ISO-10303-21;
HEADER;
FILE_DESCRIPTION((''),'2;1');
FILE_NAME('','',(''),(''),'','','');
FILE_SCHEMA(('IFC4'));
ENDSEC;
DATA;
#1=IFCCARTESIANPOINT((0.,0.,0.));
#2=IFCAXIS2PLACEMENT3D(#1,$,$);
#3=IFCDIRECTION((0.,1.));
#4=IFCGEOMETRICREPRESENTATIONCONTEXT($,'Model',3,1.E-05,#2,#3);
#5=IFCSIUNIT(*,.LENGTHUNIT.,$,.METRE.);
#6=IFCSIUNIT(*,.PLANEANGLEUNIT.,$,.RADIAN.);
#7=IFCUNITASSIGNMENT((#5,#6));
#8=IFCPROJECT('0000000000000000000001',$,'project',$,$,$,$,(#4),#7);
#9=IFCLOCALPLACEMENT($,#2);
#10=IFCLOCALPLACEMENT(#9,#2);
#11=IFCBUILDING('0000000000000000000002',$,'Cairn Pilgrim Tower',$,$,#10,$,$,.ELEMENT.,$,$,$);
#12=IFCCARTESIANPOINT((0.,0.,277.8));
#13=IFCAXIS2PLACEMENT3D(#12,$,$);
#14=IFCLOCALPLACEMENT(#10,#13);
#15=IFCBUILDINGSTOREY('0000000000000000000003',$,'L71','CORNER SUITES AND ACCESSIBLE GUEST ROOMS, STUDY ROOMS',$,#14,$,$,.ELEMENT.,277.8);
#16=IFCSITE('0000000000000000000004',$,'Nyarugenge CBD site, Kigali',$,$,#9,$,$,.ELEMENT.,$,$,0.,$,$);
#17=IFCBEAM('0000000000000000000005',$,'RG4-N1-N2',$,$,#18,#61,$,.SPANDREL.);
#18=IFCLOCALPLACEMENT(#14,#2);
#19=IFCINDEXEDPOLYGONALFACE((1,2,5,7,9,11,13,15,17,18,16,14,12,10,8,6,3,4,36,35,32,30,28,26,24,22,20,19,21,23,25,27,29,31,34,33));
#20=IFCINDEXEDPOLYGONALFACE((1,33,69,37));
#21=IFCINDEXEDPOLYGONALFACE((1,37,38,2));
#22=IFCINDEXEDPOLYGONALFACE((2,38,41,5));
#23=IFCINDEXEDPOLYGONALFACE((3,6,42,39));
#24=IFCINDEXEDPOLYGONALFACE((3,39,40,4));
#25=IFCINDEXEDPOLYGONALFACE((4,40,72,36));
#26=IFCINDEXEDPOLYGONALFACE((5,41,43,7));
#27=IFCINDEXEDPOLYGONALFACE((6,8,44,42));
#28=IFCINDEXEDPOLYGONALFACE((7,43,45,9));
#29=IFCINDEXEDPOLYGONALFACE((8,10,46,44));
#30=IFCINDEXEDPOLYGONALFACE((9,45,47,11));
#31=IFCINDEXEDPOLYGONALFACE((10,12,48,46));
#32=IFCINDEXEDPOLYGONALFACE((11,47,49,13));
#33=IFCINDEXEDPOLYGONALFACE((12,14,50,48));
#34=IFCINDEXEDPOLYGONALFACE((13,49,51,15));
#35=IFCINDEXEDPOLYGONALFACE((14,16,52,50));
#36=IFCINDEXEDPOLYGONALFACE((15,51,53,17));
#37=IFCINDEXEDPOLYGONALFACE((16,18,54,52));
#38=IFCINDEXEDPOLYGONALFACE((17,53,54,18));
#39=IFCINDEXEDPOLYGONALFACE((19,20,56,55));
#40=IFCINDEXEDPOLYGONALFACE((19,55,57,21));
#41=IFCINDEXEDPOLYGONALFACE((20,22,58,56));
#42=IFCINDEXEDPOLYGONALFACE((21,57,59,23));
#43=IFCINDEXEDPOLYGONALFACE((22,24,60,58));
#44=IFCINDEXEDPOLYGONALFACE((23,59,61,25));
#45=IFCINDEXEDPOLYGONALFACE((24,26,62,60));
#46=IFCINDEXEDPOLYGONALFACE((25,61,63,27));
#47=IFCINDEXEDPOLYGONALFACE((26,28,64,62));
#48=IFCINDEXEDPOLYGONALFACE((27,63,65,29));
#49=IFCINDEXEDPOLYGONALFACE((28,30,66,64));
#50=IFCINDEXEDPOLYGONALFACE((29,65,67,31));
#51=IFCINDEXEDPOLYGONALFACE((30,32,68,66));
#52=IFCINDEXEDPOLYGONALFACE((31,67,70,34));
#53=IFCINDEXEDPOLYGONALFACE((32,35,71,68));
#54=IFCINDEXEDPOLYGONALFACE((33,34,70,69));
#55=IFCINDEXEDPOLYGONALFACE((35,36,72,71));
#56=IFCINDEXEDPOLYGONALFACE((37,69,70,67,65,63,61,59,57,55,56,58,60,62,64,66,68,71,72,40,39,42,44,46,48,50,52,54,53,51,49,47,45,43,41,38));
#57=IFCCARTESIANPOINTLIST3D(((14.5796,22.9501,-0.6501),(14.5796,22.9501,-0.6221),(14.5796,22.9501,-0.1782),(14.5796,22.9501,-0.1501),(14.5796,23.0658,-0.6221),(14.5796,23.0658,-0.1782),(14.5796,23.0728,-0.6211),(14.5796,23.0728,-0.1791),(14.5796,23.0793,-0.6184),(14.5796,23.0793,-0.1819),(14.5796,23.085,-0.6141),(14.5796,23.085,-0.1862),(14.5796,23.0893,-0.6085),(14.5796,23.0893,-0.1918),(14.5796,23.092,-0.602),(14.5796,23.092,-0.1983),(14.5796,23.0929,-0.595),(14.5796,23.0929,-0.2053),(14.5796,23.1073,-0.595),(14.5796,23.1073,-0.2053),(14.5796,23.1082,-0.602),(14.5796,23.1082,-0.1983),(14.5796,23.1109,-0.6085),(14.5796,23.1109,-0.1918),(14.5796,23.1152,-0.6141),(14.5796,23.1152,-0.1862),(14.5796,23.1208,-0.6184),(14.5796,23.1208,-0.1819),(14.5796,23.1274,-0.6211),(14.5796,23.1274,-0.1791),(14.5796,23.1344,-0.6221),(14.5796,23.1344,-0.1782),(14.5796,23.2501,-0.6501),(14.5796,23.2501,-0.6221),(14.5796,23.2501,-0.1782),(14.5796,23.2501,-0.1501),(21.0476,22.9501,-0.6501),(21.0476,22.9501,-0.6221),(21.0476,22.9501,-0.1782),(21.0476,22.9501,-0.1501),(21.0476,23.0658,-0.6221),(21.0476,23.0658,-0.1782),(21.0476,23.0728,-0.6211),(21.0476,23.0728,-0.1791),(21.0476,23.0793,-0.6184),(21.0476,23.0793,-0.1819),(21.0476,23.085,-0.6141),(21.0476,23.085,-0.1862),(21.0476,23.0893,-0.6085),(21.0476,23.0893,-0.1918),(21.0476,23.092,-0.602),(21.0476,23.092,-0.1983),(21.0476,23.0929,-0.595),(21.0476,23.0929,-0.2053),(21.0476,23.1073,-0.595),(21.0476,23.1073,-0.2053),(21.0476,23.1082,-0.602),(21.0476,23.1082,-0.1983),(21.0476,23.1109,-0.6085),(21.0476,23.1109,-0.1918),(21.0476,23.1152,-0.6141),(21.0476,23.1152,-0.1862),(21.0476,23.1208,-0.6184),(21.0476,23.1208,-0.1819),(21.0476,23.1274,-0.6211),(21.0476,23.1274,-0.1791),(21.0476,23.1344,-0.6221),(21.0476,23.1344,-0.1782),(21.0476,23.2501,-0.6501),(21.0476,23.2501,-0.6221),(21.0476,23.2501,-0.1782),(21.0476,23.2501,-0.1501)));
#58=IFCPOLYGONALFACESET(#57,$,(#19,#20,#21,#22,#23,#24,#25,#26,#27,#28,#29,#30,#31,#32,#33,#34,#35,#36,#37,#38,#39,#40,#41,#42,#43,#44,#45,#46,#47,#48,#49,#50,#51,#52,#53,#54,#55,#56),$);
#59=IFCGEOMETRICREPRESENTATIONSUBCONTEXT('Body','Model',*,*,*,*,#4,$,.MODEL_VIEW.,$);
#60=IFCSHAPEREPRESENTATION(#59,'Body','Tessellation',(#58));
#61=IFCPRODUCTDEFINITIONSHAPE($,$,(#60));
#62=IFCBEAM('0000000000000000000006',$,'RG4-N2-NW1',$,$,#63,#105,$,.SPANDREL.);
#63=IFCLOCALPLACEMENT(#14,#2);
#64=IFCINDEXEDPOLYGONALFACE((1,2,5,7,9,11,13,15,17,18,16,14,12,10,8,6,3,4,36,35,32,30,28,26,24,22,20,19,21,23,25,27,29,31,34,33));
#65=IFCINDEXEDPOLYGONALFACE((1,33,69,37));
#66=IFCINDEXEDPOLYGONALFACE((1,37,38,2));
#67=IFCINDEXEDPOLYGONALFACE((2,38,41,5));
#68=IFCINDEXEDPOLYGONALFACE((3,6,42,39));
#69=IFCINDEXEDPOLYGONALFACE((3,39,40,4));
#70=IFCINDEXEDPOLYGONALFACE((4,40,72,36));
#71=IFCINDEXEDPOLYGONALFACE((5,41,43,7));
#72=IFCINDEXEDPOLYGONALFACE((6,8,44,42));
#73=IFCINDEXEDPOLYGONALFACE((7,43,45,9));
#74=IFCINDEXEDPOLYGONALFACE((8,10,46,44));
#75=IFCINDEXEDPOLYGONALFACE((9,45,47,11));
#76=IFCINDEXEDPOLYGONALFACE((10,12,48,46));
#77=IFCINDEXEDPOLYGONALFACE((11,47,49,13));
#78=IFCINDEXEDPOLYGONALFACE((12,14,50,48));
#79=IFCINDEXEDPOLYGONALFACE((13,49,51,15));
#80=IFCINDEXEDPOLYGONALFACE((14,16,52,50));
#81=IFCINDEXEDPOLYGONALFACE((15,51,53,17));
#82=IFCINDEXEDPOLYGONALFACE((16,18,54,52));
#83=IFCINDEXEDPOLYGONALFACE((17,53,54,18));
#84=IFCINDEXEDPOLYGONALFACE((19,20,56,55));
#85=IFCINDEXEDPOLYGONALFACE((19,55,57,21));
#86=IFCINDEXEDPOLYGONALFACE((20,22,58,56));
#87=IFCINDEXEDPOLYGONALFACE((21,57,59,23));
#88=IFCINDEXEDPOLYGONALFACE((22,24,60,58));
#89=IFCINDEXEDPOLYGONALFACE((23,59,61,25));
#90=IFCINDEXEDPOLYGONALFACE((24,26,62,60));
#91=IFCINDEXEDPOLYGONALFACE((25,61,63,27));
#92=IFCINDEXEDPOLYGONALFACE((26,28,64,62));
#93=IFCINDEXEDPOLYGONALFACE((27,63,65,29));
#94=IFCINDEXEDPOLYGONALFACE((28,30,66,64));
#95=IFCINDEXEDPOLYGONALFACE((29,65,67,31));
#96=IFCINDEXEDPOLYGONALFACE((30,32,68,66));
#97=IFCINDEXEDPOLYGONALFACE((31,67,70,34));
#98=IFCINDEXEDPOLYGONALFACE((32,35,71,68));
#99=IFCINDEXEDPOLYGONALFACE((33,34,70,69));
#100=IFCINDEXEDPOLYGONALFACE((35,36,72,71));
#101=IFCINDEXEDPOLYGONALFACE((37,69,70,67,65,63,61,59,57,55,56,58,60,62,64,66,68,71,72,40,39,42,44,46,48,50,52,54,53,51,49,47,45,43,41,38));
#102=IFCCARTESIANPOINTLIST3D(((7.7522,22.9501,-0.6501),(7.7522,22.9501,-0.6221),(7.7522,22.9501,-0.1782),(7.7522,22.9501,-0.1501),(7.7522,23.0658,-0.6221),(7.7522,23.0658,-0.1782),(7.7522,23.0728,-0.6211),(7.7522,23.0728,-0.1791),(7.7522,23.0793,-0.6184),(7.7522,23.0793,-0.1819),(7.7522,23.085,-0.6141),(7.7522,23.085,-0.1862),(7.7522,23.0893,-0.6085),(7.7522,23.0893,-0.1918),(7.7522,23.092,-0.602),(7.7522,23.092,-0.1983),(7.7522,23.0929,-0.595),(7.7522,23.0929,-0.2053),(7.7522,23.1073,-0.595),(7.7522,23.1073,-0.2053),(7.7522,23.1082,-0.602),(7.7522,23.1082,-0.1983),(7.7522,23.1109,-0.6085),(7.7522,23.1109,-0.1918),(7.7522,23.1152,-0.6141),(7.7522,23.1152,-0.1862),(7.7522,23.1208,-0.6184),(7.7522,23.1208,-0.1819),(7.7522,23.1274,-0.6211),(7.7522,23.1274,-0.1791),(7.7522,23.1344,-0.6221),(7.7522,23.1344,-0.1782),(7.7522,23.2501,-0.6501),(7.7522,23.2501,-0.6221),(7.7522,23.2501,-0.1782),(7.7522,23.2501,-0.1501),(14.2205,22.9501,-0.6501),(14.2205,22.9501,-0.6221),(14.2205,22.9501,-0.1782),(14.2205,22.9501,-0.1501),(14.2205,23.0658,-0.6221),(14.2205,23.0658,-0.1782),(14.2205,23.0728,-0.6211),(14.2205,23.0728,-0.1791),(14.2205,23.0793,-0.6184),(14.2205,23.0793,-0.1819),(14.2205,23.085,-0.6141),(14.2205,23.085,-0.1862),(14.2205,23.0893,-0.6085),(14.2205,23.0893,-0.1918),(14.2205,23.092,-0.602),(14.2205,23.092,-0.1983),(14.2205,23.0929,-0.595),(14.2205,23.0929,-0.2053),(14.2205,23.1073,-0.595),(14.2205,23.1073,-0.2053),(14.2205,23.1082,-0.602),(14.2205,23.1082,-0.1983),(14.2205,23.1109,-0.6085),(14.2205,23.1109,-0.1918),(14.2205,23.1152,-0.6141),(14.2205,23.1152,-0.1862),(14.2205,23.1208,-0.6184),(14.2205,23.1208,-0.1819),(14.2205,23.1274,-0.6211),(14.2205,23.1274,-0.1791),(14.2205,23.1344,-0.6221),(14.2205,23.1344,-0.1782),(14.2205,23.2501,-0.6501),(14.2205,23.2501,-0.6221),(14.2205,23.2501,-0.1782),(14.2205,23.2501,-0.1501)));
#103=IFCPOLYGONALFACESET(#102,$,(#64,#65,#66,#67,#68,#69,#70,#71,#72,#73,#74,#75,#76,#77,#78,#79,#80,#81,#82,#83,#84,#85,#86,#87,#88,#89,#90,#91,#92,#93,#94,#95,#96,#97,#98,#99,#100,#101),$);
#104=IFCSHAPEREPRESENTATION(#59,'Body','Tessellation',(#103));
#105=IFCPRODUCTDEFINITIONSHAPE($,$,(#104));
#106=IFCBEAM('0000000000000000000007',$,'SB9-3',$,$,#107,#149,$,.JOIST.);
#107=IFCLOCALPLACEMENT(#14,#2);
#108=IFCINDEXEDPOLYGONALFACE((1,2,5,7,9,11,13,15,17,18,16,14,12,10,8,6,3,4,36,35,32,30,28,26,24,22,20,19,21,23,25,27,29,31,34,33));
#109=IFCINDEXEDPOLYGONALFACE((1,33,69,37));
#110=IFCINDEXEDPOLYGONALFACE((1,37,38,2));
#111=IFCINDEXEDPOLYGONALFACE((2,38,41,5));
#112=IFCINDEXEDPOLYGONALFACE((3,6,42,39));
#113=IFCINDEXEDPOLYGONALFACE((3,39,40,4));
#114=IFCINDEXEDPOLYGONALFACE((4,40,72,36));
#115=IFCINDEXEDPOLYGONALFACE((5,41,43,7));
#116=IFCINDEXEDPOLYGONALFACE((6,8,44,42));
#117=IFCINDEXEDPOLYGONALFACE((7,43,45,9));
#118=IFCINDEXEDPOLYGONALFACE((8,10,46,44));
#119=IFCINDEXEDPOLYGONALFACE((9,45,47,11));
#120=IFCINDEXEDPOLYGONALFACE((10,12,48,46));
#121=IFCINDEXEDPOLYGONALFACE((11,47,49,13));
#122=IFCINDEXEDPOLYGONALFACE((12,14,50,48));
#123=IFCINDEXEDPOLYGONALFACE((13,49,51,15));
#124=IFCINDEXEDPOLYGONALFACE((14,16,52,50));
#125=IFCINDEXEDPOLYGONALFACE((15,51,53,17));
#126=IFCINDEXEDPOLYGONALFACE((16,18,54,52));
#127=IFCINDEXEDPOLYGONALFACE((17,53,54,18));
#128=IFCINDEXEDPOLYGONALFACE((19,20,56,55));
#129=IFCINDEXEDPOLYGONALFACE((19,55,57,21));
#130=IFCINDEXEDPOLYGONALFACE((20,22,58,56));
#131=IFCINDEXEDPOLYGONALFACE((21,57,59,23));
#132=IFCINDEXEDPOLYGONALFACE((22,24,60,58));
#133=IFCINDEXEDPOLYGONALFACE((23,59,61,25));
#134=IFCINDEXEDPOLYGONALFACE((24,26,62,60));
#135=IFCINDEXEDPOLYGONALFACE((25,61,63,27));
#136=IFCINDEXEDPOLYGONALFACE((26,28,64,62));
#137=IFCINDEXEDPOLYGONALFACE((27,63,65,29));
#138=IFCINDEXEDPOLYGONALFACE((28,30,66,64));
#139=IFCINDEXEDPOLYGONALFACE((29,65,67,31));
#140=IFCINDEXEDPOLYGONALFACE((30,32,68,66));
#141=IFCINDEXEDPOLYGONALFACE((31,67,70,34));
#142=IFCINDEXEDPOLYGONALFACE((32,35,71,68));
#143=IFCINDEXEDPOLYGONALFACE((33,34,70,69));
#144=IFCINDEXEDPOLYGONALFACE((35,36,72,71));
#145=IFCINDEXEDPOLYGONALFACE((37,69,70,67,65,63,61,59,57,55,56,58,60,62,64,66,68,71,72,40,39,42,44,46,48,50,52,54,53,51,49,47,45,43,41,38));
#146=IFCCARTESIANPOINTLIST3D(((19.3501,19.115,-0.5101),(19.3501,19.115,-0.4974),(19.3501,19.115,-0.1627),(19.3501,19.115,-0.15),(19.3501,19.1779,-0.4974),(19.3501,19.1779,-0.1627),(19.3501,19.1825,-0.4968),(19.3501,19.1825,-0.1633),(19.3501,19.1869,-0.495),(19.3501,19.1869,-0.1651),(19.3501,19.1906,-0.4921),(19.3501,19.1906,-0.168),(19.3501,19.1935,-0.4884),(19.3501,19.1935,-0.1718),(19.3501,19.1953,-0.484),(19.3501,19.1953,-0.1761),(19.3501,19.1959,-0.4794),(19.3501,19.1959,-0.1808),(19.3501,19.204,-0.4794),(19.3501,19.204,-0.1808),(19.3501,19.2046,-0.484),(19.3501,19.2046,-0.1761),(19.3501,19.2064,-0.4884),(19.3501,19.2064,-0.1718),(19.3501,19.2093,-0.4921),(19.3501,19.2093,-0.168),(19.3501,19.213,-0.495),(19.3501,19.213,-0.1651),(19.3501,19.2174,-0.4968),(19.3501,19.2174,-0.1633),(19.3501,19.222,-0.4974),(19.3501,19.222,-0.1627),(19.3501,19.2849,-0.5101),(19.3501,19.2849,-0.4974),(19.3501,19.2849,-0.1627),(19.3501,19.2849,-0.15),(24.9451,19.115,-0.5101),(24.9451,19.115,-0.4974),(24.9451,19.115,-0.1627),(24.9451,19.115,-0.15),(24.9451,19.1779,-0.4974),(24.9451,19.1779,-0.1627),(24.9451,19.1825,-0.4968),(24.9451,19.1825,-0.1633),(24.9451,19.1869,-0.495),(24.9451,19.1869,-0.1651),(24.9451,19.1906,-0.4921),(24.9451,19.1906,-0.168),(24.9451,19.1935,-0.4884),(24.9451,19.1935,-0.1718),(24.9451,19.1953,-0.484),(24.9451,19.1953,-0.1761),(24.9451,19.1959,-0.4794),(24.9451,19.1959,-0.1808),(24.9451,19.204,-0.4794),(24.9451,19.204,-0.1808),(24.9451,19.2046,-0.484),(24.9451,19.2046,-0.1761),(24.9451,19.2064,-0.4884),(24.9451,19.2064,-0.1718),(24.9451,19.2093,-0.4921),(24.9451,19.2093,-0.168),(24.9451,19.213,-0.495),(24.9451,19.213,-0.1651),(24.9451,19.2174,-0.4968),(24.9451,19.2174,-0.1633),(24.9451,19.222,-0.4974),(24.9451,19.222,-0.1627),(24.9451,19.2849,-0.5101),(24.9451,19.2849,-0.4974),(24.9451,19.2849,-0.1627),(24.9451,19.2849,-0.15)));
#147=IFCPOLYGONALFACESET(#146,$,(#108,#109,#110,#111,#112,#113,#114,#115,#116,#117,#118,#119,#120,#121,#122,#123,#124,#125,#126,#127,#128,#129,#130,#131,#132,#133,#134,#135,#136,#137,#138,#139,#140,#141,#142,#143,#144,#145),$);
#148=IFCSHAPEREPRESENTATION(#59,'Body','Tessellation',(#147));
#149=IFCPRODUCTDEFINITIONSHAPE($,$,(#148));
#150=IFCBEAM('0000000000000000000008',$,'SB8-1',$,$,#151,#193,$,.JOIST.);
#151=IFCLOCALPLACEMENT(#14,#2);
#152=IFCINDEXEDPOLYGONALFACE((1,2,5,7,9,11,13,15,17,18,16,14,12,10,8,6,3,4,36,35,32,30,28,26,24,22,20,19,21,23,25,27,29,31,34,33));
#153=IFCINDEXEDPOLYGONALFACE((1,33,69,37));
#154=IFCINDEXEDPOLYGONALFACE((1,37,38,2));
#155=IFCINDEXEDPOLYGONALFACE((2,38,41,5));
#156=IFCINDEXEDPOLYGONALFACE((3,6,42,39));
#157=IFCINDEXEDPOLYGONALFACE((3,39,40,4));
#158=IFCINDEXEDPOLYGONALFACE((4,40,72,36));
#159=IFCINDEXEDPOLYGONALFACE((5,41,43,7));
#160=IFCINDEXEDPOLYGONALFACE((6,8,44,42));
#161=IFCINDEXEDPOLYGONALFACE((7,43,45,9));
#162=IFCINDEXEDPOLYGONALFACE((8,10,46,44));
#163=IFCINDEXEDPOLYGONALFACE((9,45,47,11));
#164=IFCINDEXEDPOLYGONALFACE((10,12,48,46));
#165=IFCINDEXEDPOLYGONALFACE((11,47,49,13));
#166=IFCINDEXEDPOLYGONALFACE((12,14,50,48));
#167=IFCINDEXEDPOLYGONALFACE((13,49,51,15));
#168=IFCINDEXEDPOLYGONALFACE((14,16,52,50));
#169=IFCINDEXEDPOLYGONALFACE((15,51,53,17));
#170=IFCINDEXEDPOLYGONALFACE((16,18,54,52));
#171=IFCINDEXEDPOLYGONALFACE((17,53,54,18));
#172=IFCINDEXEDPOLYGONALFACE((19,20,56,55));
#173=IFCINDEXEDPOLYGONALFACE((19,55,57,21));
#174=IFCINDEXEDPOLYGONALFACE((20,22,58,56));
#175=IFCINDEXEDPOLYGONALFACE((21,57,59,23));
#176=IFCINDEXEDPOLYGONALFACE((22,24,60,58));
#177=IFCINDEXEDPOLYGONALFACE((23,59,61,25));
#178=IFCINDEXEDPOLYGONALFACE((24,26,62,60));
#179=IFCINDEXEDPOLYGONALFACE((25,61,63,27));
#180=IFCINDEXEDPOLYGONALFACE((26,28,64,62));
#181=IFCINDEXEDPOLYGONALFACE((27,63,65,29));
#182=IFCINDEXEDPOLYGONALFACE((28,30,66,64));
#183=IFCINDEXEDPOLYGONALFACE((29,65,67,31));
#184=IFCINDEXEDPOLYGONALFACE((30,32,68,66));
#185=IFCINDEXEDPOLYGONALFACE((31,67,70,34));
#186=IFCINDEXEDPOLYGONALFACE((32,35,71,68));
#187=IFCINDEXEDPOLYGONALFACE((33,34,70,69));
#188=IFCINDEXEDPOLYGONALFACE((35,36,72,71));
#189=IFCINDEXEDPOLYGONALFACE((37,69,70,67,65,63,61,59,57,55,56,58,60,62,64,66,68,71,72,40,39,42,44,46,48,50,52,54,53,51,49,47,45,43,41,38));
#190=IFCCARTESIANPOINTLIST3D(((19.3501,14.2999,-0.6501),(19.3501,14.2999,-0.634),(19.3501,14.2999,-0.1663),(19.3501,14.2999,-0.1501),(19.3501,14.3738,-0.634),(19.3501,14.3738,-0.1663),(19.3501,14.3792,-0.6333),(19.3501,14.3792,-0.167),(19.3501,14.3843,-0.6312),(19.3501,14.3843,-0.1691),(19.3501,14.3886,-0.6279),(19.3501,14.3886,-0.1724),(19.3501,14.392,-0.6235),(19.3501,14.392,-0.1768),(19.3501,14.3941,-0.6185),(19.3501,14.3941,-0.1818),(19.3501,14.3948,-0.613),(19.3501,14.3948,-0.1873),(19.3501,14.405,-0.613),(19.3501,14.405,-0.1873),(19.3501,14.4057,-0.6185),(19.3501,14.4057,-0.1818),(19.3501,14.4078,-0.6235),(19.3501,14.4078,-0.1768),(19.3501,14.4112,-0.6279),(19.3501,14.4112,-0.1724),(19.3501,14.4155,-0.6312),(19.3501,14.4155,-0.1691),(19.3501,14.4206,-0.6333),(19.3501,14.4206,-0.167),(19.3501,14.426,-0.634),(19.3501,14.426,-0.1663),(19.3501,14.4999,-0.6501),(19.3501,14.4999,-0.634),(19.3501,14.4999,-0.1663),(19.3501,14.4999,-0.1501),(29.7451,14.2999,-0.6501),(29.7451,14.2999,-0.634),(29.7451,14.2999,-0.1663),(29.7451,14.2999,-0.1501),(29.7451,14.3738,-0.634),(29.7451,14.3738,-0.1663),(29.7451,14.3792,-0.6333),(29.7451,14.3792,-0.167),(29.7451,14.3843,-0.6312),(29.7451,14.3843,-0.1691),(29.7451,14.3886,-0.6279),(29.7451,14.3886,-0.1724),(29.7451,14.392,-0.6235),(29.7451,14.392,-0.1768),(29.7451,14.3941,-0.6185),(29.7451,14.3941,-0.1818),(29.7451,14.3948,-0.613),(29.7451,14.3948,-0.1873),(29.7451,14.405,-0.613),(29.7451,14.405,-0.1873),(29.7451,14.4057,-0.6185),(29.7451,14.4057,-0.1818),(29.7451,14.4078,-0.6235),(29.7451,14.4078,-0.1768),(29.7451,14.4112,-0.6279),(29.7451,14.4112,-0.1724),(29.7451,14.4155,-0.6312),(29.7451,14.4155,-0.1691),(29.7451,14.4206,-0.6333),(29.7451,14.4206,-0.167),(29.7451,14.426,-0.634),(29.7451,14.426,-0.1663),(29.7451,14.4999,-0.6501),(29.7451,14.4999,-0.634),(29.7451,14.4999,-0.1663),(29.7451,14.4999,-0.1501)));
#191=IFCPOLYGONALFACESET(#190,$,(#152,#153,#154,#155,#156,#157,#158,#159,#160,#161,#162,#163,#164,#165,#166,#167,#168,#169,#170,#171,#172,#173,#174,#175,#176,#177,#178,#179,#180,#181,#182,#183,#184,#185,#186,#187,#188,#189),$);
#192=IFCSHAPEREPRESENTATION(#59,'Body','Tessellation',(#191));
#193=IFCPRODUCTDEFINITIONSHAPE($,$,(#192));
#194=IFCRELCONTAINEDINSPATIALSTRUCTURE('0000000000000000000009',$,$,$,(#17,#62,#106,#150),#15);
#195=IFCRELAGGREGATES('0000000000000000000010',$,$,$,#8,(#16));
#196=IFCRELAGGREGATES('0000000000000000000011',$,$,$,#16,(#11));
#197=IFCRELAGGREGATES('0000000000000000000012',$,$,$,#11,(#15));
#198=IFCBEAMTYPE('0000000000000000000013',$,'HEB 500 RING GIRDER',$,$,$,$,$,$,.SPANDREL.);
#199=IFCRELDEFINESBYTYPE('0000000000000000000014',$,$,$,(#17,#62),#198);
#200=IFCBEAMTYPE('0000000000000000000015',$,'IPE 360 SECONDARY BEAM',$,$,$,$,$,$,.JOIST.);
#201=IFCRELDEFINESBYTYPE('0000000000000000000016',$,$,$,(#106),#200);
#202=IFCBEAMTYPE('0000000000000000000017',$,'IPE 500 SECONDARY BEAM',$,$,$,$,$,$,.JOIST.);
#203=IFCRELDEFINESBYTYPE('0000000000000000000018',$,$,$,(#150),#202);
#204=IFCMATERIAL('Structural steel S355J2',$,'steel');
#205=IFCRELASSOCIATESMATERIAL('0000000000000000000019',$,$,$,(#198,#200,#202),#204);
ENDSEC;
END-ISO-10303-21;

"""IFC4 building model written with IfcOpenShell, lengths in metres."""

from ifc_helpers import new_model, si_unit, direction, frame, origin, origin_2d, place, context, subcontext, project, spatial, i_section, extrude, material, material_profile, profile_set, type_object, element, save


model = new_model("IFC4")

# Units and contexts
model_context = context("Model", 3, precision=1e-05, world=origin(), true_north=direction((0.0, 1.0)))
body_context = subcontext(model_context, "Body", "Model", "MODEL_VIEW")
ifc_project = project(units=[si_unit("LENGTHUNIT", "METRE"), si_unit("PLANEANGLEUNIT", "RADIAN")], contexts=[model_context])

# Site, building, storey
site_placement = place(None, origin())
site = spatial("IfcSite", under=ifc_project, at=site_placement, Name="Nyarugenge CBD site, Kigali", CompositionType="ELEMENT", RefElevation=0.0)
building_placement = place(site_placement, origin())
building = spatial("IfcBuilding", under=site, at=building_placement, Name="Cairn Pilgrim Tower", CompositionType="ELEMENT")
storey_placement = place(building_placement, frame((0.0, 0.0, 277.8)))
storey = spatial("IfcBuildingStorey", under=building, at=storey_placement, Name="L71", Description="CORNER SUITES AND ACCESSIBLE GUEST ROOMS, STUDY ROOMS", CompositionType="ELEMENT", Elevation=277.8)

# Shared definitions
ifc_material_1 = material(Name="Structural steel S355J2", Category="steel")

# Beams
ifc_material_profile_1 = material_profile(ifc_material_1, i_section(OverallWidth=0.3, OverallDepth=0.5, WebThickness=0.0144, FlangeThickness=0.0281, FilletRadius=0.0271, at=origin_2d()), Name="HEB 500")
ifc_profile_set_1 = profile_set([ifc_material_profile_1], Name="Structural steel S355J2")
beam_type_1 = type_object("IfcBeamType", Name="HEB 500 RING GIRDER", PredefinedType="SPANDREL", material=ifc_profile_set_1)
beam_1_placement = place(storey_placement, frame((21.0476, 23.1001, -0.4001), z_axis=(-1.0, 0.0, 0.0), x_axis=(0.0, -1.0, 0.0)))
element("IfcBeam", 1, at=beam_1_placement, inside=storey, type_object=beam_type_1, Name="RG4-N1-N2", PredefinedType="SPANDREL", context=body_context, shape_type="SweptSolid", body=[
    extrude(i_section(OverallWidth=0.3, OverallDepth=0.5, WebThickness=0.0144, FlangeThickness=0.0281, FilletRadius=0.0271, at=origin_2d()), origin(), (0.0, 0.0, 1.0), 6.468),
])
beam_2_placement = place(storey_placement, frame((14.2205, 23.1001, -0.4001), z_axis=(-1.0, 0.0, 0.0), x_axis=(0.0, -1.0, 0.0)))
element("IfcBeam", 2, at=beam_2_placement, inside=storey, type_object=beam_type_1, Name="RG4-N2-NW1", PredefinedType="SPANDREL", context=body_context, shape_type="SweptSolid", body=[
    extrude(i_section(OverallWidth=0.3, OverallDepth=0.5, WebThickness=0.0144, FlangeThickness=0.0281, FilletRadius=0.0271, at=origin_2d()), origin(), (0.0, 0.0, 1.0), 6.4683),
])
ifc_material_profile_2 = material_profile(ifc_material_1, i_section(OverallWidth=0.1699, OverallDepth=0.3601, WebThickness=0.0081, FlangeThickness=0.0127, FilletRadius=0.0181, at=origin_2d()), Name="IPE 360")
ifc_profile_set_2 = profile_set([ifc_material_profile_2], Name="Structural steel S355J2")
beam_type_2 = type_object("IfcBeamType", Name="IPE 360 SECONDARY BEAM", PredefinedType="JOIST", material=ifc_profile_set_2)
beam_3_placement = place(storey_placement, frame((19.3501, 19.2, -0.3301), z_axis=(1.0, 0.0, 0.0), x_axis=(0.0, 1.0, 0.0)))
element("IfcBeam", 3, at=beam_3_placement, inside=storey, type_object=beam_type_2, Name="SB9-3", PredefinedType="JOIST", context=body_context, shape_type="SweptSolid", body=[
    extrude(i_section(OverallWidth=0.1699, OverallDepth=0.3601, WebThickness=0.0081, FlangeThickness=0.0127, FilletRadius=0.0181, at=origin_2d()), origin(), (0.0, 0.0, 1.0), 5.595),
])
ifc_material_profile_3 = material_profile(ifc_material_1, i_section(OverallWidth=0.2, OverallDepth=0.5, WebThickness=0.0103, FlangeThickness=0.0161, FilletRadius=0.021, at=origin_2d()), Name="IPE 500")
ifc_profile_set_3 = profile_set([ifc_material_profile_3], Name="Structural steel S355J2")
beam_type_3 = type_object("IfcBeamType", Name="IPE 500 SECONDARY BEAM", PredefinedType="JOIST", material=ifc_profile_set_3)
beam_4_placement = place(storey_placement, frame((19.3501, 14.3999, -0.4001), z_axis=(1.0, 0.0, 0.0), x_axis=(0.0, 1.0, 0.0)))
element("IfcBeam", 4, at=beam_4_placement, inside=storey, type_object=beam_type_3, Name="SB8-1", PredefinedType="JOIST", context=body_context, shape_type="SweptSolid", body=[
    extrude(i_section(OverallWidth=0.2, OverallDepth=0.5, WebThickness=0.0103, FlangeThickness=0.0161, FilletRadius=0.021, at=origin_2d()), origin(), (0.0, 0.0, 1.0), 10.395),
])

save(model, "model.ifc")
